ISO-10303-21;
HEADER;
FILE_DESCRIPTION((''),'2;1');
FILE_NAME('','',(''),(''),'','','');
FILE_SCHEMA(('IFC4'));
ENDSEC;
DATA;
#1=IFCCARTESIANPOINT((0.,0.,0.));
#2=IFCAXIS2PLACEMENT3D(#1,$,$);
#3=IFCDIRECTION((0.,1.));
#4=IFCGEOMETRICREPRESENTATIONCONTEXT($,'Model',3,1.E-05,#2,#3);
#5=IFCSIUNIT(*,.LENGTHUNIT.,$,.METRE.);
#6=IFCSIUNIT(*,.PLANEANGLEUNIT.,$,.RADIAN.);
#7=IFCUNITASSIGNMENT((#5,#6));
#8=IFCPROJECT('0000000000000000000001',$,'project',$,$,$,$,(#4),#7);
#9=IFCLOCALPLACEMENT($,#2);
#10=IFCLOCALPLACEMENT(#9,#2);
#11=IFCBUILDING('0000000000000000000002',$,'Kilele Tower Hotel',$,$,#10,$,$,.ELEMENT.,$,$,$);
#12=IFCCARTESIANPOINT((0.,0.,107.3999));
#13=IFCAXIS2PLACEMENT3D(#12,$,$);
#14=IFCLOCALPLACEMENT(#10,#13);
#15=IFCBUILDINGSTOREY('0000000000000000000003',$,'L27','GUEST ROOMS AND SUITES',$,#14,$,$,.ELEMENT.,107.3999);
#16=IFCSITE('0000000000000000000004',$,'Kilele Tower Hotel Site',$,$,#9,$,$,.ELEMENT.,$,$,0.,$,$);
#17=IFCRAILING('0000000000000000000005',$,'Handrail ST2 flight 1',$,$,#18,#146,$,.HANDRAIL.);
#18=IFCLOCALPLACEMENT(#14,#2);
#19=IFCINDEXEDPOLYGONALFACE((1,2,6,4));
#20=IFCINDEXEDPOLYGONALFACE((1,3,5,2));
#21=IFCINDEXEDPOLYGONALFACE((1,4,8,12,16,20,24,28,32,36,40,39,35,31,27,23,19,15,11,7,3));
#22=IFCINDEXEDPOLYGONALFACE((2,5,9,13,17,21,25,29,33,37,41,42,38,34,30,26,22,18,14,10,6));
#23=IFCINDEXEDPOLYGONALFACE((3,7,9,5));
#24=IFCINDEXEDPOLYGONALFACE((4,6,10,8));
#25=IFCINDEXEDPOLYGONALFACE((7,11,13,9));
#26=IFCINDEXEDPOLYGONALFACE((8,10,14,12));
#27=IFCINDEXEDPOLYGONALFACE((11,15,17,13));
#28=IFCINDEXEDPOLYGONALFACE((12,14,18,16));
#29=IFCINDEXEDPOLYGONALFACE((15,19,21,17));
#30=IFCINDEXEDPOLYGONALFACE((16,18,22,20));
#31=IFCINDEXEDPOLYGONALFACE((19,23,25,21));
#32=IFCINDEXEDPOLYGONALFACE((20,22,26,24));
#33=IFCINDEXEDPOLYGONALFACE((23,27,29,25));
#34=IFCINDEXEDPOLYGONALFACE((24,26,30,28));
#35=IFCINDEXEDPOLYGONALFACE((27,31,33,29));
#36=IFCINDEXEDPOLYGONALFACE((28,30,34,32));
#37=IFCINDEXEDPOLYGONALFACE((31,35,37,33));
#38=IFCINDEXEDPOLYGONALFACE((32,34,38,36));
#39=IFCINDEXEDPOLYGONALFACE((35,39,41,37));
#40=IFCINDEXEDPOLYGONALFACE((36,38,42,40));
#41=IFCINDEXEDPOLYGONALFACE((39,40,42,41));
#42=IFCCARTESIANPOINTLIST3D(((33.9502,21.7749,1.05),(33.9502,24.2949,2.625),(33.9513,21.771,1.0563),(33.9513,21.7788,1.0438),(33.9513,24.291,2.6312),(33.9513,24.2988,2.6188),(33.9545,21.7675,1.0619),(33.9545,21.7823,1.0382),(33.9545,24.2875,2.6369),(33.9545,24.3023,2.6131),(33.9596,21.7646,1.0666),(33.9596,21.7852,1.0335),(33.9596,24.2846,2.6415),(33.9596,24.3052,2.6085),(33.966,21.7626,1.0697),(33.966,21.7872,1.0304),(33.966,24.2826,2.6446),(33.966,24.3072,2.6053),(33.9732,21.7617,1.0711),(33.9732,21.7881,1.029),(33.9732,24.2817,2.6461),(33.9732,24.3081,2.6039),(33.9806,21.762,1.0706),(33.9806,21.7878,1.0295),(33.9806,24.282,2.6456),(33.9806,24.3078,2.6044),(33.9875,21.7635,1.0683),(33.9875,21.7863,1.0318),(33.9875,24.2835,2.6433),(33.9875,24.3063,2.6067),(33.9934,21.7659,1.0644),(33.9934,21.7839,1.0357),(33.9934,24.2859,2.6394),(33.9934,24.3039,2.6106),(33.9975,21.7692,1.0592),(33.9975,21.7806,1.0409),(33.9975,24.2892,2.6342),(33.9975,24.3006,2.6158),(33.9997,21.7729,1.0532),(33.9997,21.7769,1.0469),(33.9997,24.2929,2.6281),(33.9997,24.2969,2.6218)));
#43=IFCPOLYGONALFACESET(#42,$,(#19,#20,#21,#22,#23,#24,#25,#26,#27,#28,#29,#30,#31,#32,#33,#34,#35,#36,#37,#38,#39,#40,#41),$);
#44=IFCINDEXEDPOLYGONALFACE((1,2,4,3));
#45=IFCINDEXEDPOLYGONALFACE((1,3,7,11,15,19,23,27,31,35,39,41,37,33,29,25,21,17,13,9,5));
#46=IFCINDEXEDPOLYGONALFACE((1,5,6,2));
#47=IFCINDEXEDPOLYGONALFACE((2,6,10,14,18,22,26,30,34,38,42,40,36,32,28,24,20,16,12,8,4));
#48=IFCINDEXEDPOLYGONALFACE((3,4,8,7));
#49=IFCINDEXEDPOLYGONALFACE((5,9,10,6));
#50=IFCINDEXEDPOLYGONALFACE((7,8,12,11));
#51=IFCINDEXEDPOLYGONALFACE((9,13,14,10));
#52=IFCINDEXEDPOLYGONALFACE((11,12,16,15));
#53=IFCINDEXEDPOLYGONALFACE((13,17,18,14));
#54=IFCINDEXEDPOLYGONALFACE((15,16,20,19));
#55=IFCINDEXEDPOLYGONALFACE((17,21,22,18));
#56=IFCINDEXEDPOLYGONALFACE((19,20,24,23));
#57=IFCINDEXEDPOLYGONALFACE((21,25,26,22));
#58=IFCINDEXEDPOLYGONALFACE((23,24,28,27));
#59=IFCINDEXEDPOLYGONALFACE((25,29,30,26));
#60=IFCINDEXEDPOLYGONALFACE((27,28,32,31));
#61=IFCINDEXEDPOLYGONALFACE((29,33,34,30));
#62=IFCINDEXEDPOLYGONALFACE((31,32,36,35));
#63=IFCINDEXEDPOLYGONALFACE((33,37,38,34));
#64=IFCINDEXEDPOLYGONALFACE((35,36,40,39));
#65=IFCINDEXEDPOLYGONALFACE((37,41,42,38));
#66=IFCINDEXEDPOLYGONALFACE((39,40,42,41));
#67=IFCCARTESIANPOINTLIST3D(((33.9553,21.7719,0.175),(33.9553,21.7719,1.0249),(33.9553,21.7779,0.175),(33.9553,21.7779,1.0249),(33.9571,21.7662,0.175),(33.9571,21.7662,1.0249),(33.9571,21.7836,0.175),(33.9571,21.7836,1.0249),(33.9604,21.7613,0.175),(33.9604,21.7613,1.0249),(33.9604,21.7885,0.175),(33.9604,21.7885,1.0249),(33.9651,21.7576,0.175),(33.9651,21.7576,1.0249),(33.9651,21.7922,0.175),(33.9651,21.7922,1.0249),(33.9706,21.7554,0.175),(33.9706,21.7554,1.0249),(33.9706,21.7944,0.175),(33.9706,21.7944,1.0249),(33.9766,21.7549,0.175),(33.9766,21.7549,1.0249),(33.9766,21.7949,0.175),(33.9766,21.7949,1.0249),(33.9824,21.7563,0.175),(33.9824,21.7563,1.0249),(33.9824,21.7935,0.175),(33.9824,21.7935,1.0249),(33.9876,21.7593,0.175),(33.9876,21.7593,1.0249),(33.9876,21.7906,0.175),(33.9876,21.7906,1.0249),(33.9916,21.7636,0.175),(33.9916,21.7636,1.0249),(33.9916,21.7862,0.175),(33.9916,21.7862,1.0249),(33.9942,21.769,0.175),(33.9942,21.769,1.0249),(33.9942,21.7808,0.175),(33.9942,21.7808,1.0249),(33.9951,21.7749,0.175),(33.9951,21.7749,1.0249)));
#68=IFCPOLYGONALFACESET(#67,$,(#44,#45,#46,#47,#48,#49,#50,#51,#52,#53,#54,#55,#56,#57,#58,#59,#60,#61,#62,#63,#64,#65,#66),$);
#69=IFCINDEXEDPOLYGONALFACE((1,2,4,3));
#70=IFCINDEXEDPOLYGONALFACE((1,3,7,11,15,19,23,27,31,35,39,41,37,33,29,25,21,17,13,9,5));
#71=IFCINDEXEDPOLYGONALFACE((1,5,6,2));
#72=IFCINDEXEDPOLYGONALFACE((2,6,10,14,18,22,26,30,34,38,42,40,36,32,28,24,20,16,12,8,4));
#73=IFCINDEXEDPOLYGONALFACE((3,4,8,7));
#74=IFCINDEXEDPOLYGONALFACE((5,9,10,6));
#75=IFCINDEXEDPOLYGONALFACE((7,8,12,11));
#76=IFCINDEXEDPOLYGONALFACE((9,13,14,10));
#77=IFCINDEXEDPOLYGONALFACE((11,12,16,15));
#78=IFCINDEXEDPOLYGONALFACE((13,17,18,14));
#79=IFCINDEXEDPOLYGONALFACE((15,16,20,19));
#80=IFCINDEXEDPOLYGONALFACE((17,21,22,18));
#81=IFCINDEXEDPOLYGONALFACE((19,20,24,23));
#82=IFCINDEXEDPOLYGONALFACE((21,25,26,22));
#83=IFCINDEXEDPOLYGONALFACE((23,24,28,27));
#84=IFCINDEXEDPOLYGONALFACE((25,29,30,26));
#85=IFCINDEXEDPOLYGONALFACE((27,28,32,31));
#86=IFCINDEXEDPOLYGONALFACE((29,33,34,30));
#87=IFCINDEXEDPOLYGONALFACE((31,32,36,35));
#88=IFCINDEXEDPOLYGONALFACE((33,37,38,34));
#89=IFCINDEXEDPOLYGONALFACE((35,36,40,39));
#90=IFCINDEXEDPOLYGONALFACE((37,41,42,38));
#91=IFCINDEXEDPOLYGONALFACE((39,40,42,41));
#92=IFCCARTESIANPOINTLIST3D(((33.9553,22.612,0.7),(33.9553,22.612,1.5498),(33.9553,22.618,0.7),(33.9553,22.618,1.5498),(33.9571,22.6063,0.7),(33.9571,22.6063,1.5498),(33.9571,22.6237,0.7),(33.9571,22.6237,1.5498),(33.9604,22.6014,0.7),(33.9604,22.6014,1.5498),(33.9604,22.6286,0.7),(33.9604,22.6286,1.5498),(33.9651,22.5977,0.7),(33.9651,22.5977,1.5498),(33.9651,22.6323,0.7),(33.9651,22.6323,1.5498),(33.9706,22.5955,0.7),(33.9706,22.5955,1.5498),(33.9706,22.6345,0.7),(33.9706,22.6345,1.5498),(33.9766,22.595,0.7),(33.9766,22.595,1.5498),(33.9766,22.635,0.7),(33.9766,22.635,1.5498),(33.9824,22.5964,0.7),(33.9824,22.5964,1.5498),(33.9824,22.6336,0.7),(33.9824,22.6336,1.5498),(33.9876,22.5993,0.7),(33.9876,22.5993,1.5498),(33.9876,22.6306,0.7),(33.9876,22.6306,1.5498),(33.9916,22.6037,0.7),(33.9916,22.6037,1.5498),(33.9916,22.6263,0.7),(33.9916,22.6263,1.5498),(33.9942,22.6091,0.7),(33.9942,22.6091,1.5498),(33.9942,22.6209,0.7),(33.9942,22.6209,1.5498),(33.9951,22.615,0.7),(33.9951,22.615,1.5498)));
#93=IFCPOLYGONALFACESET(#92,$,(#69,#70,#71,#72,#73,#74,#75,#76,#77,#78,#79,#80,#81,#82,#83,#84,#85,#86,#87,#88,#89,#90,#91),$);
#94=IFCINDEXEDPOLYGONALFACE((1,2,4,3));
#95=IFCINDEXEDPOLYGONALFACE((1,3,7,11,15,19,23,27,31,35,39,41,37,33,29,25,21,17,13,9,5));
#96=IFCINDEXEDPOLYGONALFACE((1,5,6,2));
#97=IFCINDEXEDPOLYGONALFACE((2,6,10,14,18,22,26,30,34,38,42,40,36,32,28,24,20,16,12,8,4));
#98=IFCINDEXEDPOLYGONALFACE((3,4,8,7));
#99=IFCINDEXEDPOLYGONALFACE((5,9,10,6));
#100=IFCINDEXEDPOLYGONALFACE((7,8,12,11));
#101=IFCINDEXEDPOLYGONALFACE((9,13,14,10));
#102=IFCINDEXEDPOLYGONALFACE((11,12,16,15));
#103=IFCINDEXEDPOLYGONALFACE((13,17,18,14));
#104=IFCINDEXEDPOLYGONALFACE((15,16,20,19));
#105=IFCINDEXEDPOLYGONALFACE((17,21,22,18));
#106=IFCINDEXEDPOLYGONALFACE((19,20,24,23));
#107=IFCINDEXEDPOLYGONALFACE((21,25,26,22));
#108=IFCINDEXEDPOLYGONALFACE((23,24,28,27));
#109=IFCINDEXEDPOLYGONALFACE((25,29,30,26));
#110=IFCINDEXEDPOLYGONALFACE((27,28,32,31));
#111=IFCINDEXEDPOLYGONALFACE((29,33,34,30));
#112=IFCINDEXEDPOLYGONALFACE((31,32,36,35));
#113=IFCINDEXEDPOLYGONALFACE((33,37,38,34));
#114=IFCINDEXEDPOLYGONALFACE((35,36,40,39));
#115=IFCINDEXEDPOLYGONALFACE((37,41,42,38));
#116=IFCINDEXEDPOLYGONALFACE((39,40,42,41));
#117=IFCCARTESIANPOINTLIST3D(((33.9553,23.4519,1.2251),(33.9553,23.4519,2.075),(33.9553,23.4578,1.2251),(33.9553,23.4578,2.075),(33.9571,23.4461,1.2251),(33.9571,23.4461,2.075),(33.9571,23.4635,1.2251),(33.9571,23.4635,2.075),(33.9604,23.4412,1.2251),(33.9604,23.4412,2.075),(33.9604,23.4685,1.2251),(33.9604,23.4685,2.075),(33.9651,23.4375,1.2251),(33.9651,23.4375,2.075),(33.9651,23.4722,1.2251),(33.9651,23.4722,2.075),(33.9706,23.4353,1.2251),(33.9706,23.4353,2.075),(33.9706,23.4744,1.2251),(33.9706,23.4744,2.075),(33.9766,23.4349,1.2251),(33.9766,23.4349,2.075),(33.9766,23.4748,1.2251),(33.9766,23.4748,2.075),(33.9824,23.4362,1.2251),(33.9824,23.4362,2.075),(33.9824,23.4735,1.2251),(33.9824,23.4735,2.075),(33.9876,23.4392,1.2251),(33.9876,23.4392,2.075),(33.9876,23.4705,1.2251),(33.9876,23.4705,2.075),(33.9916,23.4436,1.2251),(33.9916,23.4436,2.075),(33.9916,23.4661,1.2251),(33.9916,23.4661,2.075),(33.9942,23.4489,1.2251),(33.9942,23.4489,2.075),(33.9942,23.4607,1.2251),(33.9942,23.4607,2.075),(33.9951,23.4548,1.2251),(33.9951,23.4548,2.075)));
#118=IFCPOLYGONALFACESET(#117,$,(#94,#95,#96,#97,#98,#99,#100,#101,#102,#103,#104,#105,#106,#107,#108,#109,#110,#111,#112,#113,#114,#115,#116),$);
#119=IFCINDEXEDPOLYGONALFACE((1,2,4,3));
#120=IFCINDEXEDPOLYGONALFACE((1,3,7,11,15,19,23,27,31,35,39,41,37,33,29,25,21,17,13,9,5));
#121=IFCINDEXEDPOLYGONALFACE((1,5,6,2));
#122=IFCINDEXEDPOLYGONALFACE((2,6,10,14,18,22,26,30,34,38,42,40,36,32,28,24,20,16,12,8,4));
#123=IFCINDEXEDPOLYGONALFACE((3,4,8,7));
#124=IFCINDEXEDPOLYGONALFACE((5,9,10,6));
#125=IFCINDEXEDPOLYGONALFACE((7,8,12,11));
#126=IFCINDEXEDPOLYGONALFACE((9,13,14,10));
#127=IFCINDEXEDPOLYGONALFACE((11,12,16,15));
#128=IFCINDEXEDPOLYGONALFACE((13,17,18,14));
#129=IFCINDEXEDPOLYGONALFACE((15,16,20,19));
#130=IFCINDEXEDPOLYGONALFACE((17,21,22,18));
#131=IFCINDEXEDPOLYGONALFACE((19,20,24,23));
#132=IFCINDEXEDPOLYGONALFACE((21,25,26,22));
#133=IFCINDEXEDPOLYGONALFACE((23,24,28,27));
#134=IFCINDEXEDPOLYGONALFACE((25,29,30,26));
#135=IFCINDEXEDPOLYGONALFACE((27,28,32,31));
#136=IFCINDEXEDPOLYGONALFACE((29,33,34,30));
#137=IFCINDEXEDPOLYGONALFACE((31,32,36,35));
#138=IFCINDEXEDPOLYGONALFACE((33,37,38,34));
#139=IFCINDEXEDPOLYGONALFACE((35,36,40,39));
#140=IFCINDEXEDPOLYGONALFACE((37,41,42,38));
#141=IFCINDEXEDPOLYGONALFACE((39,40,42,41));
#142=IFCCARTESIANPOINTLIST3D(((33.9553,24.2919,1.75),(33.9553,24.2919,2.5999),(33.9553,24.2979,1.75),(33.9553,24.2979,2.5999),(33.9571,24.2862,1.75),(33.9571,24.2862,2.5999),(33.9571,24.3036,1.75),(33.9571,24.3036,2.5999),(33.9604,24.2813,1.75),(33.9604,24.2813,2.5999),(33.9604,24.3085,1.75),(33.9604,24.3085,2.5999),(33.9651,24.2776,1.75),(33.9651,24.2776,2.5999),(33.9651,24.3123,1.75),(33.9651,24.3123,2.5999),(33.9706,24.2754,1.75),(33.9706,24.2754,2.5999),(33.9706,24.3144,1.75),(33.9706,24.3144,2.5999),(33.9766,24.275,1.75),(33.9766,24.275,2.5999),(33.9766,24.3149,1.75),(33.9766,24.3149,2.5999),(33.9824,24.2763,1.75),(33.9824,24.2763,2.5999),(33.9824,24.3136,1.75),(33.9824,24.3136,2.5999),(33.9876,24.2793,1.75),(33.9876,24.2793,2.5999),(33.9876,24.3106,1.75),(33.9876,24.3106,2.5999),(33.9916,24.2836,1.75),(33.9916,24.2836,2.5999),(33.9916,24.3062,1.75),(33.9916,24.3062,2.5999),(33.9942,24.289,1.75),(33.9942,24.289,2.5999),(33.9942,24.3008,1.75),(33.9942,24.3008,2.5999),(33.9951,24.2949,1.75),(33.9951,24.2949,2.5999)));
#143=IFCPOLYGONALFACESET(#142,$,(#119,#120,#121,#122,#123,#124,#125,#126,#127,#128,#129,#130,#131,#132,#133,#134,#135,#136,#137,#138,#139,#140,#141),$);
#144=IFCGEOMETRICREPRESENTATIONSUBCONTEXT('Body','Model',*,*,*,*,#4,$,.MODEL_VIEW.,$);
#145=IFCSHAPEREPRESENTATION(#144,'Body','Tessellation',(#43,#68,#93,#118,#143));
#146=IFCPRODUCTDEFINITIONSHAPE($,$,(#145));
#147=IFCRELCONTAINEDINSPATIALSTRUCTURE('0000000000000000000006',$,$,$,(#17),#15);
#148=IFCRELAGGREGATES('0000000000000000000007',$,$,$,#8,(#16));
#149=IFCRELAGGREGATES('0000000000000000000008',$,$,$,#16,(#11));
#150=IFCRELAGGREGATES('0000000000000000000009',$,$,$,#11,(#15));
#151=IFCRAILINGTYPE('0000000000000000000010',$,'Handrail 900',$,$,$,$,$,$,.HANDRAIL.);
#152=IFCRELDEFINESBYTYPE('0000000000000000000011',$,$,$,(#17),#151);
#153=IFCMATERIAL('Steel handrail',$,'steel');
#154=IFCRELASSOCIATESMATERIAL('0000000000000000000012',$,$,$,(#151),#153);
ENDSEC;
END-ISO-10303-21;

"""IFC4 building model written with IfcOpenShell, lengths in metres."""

from ifc_helpers import new_model, si_unit, direction, frame, origin, origin_2d, place, context, subcontext, project, spatial, circle, extrude, material, type_object, element, save


model = new_model("IFC4")

# Units and contexts
model_context = context("Model", 3, precision=1e-05, world=origin(), true_north=direction((0.0, 1.0)))
body_context = subcontext(model_context, "Body", "Model", "MODEL_VIEW")
ifc_project = project(units=[si_unit("LENGTHUNIT", "METRE"), si_unit("PLANEANGLEUNIT", "RADIAN")], contexts=[model_context])

# Site, building, storey
site_placement = place(None, origin())
site = spatial("IfcSite", under=ifc_project, at=site_placement, Name="Kilele Tower Hotel Site", CompositionType="ELEMENT", RefElevation=0.0)
building_placement = place(site_placement, origin())
building = spatial("IfcBuilding", under=site, at=building_placement, Name="Kilele Tower Hotel", CompositionType="ELEMENT")
storey_placement = place(building_placement, frame((0.0, 0.0, 107.3999)))
storey = spatial("IfcBuildingStorey", under=building, at=storey_placement, Name="L27", Description="GUEST ROOMS AND SUITES", CompositionType="ELEMENT", Elevation=107.3999)

# Railing
ifc_material_1 = material(Name="Steel handrail", Category="steel")
railing_type_1 = type_object("IfcRailingType", Name="Handrail 900", PredefinedType="HANDRAIL", material=ifc_material_1)
for number, where, name in (
    (1, (33.9751, 21.7749, 0.175), "Handrail ST2 flight 1"),
):
    element("IfcRailing", number, at=place(storey_placement, frame(where)), inside=storey, type_object=railing_type_1, Name=name, PredefinedType="HANDRAIL", context=body_context, shape_type="SweptSolid", body=[
        extrude(circle(Radius=0.0249, at=origin_2d()), frame((0.0, 0.0, 0.875), z_axis=(0.0, 0.848008, 0.529984), x_axis=(-1.0, 0.0, 0.0)), (0.0, 0.0, 1.0), 2.9717),
        extrude(circle(Radius=0.02, at=origin_2d()), origin(), (0.0, 0.0, 1.0), 0.8499),
        extrude(circle(Radius=0.02, at=origin_2d()), frame((0.0, 0.8401, 0.5249)), (0.0, 0.0, 1.0), 0.8499),
        extrude(circle(Radius=0.02, at=origin_2d()), frame((0.0, 1.6799, 1.05)), (0.0, 0.0, 1.0), 0.8499),
        extrude(circle(Radius=0.02, at=origin_2d()), frame((0.0, 2.52, 1.575)), (0.0, 0.0, 1.0), 0.8499),
    ])

save(model, "model.ifc")
